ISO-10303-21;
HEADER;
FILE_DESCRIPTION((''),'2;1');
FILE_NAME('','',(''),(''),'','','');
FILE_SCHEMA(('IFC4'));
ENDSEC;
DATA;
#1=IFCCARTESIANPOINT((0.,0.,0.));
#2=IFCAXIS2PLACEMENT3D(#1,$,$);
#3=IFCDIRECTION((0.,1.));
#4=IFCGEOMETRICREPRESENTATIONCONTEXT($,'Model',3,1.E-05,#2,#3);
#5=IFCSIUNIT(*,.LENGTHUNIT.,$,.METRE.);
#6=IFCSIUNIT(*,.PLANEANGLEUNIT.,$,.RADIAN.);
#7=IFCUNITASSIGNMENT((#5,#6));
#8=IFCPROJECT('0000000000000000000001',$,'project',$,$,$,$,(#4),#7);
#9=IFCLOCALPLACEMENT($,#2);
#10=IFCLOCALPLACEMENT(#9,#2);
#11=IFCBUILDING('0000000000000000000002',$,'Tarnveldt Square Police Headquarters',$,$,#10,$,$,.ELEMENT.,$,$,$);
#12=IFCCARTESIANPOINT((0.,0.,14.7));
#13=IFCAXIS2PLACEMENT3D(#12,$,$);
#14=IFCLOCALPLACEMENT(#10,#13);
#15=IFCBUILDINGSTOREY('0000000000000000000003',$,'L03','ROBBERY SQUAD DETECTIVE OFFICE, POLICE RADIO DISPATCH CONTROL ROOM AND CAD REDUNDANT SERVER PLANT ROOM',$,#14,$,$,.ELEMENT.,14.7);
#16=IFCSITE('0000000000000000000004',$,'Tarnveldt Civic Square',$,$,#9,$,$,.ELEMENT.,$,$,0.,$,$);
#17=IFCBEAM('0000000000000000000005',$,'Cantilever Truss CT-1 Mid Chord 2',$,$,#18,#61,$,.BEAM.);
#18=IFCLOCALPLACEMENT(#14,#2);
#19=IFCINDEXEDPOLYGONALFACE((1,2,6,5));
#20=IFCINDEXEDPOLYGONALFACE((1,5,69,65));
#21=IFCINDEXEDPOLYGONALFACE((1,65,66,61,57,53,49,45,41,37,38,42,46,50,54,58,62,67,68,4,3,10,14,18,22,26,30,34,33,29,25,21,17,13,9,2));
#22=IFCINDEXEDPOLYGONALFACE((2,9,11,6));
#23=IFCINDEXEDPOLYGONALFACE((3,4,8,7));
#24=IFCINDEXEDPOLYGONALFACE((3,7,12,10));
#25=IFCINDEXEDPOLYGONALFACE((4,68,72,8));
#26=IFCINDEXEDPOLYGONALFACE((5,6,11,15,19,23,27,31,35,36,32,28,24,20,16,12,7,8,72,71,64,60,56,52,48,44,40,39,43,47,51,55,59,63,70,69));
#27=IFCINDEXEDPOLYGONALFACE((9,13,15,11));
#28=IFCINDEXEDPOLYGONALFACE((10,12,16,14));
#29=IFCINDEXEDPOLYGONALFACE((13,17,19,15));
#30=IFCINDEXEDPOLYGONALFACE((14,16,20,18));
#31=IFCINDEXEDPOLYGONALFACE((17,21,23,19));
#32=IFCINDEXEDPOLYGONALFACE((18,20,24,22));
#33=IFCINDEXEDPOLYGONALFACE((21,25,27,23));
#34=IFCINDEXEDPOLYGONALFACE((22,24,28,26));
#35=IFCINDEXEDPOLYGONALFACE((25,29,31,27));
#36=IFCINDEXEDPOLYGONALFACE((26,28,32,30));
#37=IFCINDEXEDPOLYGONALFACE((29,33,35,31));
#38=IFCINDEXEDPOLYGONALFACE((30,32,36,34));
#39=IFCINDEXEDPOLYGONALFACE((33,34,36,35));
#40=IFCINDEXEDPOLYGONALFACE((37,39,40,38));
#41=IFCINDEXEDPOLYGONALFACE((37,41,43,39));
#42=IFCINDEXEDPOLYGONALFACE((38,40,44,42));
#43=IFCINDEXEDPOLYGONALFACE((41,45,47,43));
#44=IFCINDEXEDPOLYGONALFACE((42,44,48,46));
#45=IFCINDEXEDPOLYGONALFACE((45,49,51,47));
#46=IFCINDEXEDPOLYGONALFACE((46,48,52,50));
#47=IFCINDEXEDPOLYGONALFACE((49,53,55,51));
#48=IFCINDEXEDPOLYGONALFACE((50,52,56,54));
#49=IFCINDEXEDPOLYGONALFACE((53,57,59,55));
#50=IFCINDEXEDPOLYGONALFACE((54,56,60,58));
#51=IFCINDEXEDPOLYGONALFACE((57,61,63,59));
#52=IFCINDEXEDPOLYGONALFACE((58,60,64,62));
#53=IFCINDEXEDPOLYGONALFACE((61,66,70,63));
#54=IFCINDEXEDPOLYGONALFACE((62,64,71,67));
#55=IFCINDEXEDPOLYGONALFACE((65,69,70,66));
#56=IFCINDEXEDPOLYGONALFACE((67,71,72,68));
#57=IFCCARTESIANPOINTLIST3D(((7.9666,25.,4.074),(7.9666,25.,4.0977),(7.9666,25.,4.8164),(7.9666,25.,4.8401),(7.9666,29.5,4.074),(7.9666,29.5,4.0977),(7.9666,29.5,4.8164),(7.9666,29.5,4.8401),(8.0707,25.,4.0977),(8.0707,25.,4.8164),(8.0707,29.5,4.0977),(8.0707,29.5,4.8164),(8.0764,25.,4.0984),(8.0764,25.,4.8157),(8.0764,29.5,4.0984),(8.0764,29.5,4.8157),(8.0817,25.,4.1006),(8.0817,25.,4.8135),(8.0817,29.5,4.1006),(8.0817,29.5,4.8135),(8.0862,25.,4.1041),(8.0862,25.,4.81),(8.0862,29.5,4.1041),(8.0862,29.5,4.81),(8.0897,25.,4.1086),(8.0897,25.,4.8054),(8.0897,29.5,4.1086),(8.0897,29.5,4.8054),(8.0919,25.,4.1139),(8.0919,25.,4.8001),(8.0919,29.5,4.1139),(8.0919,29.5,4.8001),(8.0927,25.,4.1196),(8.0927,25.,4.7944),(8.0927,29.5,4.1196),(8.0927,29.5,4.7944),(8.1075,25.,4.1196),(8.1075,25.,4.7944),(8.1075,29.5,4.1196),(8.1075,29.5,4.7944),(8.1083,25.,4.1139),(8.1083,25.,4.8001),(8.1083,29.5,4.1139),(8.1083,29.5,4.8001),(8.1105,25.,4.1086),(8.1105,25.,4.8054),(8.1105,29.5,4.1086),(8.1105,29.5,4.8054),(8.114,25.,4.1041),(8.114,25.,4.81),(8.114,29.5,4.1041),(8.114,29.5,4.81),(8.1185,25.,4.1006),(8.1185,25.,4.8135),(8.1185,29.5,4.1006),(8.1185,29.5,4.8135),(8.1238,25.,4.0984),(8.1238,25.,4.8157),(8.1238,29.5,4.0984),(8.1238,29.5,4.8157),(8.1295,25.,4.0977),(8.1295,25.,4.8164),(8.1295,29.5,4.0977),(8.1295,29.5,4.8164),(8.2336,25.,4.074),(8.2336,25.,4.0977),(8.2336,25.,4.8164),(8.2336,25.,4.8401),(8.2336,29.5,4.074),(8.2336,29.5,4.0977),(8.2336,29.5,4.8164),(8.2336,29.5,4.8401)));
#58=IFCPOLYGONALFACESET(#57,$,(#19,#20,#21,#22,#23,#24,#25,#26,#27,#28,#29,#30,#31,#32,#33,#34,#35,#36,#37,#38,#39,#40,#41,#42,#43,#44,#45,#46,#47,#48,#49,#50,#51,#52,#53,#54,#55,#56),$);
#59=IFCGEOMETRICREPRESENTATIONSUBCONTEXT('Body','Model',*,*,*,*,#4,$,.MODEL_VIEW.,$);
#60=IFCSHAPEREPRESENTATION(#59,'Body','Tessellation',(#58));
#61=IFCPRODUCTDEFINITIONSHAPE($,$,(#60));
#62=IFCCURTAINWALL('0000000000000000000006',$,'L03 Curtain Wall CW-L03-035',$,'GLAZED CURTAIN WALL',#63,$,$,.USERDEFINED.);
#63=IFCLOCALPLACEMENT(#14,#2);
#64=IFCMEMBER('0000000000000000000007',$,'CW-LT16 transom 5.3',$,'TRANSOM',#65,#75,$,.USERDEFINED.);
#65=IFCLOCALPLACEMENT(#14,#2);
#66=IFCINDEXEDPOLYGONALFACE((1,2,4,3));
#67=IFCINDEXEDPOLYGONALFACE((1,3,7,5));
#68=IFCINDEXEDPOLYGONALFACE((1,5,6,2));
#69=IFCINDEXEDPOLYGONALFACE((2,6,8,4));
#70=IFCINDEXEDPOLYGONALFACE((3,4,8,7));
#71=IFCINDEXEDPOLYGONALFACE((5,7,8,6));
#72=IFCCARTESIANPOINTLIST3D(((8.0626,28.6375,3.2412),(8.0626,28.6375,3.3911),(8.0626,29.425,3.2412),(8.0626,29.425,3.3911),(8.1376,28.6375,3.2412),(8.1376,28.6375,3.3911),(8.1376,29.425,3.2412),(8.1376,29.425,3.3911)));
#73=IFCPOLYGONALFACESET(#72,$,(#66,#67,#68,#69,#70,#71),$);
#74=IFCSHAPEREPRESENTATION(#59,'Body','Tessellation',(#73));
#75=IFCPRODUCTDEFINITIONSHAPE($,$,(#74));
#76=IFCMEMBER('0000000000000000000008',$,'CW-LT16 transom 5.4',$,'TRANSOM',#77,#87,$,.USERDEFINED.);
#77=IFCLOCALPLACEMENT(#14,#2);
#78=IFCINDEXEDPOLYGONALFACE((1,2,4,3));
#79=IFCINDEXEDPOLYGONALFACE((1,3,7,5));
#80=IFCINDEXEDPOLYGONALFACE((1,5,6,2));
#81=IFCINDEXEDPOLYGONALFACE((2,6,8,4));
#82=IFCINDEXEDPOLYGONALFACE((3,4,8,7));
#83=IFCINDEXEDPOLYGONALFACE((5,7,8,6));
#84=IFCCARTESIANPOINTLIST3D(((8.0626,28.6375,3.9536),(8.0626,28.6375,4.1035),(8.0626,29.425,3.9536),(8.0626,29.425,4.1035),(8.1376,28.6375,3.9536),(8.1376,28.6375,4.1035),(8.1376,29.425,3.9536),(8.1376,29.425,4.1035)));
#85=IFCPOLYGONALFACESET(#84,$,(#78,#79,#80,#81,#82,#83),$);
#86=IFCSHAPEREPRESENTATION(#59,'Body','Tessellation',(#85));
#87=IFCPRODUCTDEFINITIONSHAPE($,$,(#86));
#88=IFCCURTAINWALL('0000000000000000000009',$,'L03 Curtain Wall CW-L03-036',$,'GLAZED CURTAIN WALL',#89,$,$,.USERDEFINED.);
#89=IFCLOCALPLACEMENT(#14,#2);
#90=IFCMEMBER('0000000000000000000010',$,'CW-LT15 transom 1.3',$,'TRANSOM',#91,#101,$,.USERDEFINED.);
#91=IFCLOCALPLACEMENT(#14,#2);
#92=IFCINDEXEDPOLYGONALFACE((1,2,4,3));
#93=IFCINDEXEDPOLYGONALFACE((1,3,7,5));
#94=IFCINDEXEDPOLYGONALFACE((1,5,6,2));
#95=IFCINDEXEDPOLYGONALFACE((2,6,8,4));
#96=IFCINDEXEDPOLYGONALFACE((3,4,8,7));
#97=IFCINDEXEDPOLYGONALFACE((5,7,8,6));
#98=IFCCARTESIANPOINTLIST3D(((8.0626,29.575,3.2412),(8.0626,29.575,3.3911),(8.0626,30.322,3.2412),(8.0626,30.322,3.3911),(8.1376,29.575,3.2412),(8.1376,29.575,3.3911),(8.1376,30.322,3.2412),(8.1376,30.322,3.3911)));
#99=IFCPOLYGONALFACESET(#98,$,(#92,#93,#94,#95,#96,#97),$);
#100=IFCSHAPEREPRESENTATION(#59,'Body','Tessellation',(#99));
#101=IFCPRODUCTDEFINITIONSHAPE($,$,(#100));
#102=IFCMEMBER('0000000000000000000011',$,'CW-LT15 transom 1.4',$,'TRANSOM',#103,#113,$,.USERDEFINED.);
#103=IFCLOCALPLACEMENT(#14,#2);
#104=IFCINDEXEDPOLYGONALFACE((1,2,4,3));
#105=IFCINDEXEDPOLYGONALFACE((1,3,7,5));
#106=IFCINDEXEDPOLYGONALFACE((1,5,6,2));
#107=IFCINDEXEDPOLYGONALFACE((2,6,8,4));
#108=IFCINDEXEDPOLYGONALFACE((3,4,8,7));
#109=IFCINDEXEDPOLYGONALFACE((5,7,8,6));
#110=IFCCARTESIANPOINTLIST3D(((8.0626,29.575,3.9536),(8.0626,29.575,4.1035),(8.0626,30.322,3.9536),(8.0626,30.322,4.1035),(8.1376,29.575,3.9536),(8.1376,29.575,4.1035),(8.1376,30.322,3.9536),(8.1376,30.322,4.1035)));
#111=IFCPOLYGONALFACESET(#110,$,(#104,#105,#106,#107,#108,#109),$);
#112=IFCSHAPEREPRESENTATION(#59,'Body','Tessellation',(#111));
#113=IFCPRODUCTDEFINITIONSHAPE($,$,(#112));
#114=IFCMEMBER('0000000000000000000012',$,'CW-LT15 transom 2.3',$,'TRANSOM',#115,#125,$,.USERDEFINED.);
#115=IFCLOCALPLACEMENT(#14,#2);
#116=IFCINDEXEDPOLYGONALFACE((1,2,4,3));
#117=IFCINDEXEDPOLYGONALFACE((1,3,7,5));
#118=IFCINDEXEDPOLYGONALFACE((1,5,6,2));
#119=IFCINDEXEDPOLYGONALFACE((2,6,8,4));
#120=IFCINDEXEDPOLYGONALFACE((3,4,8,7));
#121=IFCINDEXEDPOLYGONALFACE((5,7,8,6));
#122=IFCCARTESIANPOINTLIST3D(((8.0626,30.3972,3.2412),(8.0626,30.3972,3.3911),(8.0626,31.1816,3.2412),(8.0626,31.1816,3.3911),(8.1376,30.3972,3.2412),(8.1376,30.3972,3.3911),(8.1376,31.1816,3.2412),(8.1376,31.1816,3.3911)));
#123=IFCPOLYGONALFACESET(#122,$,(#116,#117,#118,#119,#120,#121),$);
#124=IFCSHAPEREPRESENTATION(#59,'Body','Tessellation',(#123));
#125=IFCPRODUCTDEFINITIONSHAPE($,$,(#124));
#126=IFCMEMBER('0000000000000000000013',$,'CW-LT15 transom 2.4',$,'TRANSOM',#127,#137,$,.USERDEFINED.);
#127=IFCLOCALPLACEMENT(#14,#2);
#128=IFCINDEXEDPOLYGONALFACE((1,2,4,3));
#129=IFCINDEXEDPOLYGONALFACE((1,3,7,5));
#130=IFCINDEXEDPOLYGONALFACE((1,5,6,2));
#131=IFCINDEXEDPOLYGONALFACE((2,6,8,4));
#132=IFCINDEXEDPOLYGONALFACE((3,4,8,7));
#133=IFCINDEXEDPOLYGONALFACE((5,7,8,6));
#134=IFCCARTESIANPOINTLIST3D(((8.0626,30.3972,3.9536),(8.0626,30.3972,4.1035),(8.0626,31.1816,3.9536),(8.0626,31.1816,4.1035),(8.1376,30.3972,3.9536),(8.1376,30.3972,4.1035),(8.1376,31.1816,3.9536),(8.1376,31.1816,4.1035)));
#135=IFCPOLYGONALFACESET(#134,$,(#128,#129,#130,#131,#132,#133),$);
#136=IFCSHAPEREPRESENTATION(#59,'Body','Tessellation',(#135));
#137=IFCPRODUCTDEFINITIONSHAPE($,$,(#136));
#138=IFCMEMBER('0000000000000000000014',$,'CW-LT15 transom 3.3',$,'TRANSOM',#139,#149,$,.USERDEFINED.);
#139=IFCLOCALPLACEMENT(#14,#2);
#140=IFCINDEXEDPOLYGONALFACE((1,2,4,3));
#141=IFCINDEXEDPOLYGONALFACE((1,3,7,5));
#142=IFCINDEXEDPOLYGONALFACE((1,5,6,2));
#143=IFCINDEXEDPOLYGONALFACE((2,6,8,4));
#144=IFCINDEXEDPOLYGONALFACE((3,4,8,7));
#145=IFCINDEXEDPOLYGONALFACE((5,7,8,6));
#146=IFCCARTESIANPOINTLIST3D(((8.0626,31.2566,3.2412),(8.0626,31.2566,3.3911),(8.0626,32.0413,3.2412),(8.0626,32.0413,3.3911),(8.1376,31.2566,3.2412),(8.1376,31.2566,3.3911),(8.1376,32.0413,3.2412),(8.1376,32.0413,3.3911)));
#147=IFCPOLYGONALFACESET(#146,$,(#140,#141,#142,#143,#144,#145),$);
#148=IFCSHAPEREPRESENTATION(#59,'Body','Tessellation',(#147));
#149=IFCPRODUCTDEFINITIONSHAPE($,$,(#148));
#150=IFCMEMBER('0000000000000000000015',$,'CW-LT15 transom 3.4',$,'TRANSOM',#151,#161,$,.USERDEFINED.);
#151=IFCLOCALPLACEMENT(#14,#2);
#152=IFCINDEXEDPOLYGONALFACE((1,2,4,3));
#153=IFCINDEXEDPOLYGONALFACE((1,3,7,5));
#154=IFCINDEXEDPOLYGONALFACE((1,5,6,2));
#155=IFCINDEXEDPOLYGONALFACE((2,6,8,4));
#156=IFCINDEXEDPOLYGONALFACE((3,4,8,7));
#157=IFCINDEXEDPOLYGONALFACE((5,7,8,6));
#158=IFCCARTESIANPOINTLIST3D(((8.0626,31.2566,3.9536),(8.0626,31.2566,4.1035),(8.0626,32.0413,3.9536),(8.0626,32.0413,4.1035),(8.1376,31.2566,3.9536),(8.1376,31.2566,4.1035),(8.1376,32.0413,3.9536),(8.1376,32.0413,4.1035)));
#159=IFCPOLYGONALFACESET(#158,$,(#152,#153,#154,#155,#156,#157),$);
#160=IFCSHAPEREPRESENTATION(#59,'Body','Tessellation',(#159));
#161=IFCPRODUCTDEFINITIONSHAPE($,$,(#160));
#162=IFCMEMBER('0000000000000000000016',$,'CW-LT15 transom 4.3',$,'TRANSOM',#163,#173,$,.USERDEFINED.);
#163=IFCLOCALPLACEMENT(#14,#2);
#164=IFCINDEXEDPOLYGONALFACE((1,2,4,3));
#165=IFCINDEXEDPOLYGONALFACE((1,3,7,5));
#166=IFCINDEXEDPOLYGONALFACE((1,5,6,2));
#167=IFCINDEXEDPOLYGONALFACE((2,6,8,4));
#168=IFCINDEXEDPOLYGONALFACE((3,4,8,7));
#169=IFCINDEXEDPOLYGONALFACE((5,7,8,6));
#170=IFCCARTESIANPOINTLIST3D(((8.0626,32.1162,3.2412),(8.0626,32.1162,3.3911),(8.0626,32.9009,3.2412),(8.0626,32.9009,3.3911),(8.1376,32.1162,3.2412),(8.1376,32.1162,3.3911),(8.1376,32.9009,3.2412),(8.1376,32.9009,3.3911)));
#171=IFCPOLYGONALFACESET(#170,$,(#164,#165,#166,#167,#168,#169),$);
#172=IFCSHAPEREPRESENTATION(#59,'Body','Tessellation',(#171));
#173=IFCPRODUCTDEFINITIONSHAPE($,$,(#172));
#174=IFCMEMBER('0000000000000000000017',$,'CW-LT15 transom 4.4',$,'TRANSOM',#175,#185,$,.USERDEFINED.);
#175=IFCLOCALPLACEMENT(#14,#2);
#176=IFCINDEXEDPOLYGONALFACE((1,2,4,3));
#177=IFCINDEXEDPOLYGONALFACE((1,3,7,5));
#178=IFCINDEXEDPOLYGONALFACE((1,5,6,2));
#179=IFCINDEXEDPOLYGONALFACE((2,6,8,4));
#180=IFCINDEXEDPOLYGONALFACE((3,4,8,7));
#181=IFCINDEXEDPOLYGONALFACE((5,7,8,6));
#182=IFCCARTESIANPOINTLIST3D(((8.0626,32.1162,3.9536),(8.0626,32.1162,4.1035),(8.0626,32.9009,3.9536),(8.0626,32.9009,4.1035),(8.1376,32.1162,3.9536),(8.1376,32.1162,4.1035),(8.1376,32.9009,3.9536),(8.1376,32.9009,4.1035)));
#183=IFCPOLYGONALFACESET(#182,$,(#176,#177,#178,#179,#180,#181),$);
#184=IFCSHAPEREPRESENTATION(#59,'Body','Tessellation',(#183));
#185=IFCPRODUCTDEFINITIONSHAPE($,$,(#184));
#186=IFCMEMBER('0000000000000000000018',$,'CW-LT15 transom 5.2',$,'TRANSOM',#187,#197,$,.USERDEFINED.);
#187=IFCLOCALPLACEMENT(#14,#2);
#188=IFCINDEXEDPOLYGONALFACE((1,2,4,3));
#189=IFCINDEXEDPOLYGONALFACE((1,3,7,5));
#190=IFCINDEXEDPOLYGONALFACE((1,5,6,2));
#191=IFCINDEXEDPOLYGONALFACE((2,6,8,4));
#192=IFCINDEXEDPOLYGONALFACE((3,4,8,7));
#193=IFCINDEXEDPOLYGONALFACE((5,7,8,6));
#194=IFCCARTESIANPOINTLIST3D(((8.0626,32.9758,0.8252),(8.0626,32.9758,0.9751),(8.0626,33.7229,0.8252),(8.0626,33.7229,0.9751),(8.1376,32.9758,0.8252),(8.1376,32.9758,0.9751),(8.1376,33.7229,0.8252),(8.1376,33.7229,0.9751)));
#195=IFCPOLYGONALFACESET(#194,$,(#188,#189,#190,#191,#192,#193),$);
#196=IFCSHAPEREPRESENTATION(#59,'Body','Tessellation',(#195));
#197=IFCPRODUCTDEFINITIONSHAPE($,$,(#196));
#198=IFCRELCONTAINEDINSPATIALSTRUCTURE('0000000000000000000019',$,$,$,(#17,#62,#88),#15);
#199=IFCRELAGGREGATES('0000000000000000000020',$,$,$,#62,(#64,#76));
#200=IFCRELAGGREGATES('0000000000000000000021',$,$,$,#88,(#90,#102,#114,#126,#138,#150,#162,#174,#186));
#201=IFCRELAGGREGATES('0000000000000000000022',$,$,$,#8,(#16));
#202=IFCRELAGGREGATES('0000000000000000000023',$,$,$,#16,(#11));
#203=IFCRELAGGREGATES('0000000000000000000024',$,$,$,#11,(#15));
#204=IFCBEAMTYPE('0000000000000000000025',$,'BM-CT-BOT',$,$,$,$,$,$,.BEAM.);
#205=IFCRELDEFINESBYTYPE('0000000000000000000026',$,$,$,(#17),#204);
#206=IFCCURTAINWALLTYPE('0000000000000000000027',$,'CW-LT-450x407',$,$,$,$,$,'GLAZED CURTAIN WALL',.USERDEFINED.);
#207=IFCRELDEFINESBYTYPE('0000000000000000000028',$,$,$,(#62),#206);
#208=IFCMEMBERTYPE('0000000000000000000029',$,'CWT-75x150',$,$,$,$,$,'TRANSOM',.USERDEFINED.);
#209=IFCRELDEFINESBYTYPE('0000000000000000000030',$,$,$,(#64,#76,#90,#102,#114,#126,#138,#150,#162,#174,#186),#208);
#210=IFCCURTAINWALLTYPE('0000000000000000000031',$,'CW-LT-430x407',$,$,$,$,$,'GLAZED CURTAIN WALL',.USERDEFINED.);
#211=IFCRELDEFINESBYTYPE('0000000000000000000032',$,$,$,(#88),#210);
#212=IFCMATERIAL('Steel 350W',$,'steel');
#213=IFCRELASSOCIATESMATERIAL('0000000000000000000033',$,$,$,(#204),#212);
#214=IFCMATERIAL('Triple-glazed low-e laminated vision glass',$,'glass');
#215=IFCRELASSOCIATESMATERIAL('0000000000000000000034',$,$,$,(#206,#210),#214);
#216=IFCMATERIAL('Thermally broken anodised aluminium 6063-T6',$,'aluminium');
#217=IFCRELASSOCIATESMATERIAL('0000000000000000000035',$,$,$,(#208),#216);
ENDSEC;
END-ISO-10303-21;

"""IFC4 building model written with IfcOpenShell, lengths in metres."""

from ifc_helpers import new_model, si_unit, direction, frame, origin, origin_2d, place, context, subcontext, project, spatial, rectangle, i_section, extrude, material, material_profile, profile_set, type_object, element, aggregate, save


model = new_model("IFC4")

# Units and contexts
model_context = context("Model", 3, precision=1e-05, world=origin(), true_north=direction((0.0, 1.0)))
body_context = subcontext(model_context, "Body", "Model", "MODEL_VIEW")
ifc_project = project(units=[si_unit("LENGTHUNIT", "METRE"), si_unit("PLANEANGLEUNIT", "RADIAN")], contexts=[model_context])

# Site, building, storey
site_placement = place(None, origin())
site = spatial("IfcSite", under=ifc_project, at=site_placement, Name="Tarnveldt Civic Square", CompositionType="ELEMENT", RefElevation=0.0)
building_placement = place(site_placement, origin())
building = spatial("IfcBuilding", under=site, at=building_placement, Name="Tarnveldt Square Police Headquarters", CompositionType="ELEMENT")
storey_placement = place(building_placement, frame((0.0, 0.0, 14.7)))
storey = spatial("IfcBuildingStorey", under=building, at=storey_placement, Name="L03", Description="ROBBERY SQUAD DETECTIVE OFFICE, POLICE RADIO DISPATCH CONTROL ROOM AND CAD REDUNDANT SERVER PLANT ROOM", CompositionType="ELEMENT", Elevation=14.7)

# Beam
ifc_material_1 = material(Name="Steel 350W", Category="steel")
ifc_material_profile_1 = material_profile(ifc_material_1, i_section(OverallWidth=0.2671, OverallDepth=0.7661, WebThickness=0.0149, FlangeThickness=0.0237, FilletRadius=0.022, at=origin_2d()), Name="W760x185")
ifc_profile_set_1 = profile_set([ifc_material_profile_1], Name="Steel 350W")
beam_type = type_object("IfcBeamType", Name="BM-CT-BOT", PredefinedType="BEAM", material=ifc_profile_set_1)
beam_placement = place(storey_placement, frame((8.1001, 29.5, 4.457), z_axis=(0.0, -1.0, 0.0), x_axis=(1.0, 0.0, 0.0)))
element("IfcBeam", 1, at=beam_placement, inside=storey, type_object=beam_type, Name="Cantilever Truss CT-1 Mid Chord 2", PredefinedType="BEAM", context=body_context, shape_type="SweptSolid", body=[
    extrude(i_section(OverallWidth=0.2671, OverallDepth=0.7661, WebThickness=0.0149, FlangeThickness=0.0237, FilletRadius=0.022, at=origin_2d()), origin(), (0.0, 0.0, 1.0), 4.5),
])

# Curtain walls, members
ifc_material_2 = material(Name="Triple-glazed low-e laminated vision glass", Category="glass")
curtain_wall_type_1 = type_object("IfcCurtainWallType", Name="CW-LT-450x407", ElementType="GLAZED CURTAIN WALL", PredefinedType="USERDEFINED", material=ifc_material_2)
curtain_wall_1_placement = place(storey_placement, origin())
curtain_wall_1 = element("IfcCurtainWall", 2, at=curtain_wall_1_placement, inside=storey, type_object=curtain_wall_type_1, Name="L03 Curtain Wall CW-L03-035", ObjectType="GLAZED CURTAIN WALL", PredefinedType="USERDEFINED")
ifc_material_3 = material(Name="Thermally broken anodised aluminium 6063-T6", Category="aluminium")
ifc_material_profile_2 = material_profile(ifc_material_3, rectangle(XDim=0.075, YDim=0.1499, at=origin_2d()), Name="CW-T75x150")
ifc_profile_set_2 = profile_set([ifc_material_profile_2], Name="Thermally broken anodised aluminium 6063-T6")
member_type_1 = type_object("IfcMemberType", Name="CWT-75x150", ElementType="TRANSOM", PredefinedType="USERDEFINED", material=ifc_profile_set_2)
member_1_placement = place(storey_placement, frame((8.1001, 28.6375, 3.3162), z_axis=(0.0, 1.0, 0.0), x_axis=(-1.0, 0.0, 0.0)))
member_1 = element("IfcMember", 3, at=member_1_placement, type_object=member_type_1, Name="CW-LT16 transom 5.3", ObjectType="TRANSOM", PredefinedType="USERDEFINED", context=body_context, shape_type="SweptSolid", body=[
    extrude(rectangle(XDim=0.075, YDim=0.1499, at=origin_2d()), origin(), (0.0, 0.0, 1.0), 0.7876),
])
member_2_placement = place(storey_placement, frame((8.1001, 28.6375, 4.0286), z_axis=(0.0, 1.0, 0.0), x_axis=(-1.0, 0.0, 0.0)))
member_2 = element("IfcMember", 4, at=member_2_placement, type_object=member_type_1, Name="CW-LT16 transom 5.4", ObjectType="TRANSOM", PredefinedType="USERDEFINED", context=body_context, shape_type="SweptSolid", body=[
    extrude(rectangle(XDim=0.075, YDim=0.1499, at=origin_2d()), origin(), (0.0, 0.0, 1.0), 0.7876),
])
curtain_wall_type_2 = type_object("IfcCurtainWallType", Name="CW-LT-430x407", ElementType="GLAZED CURTAIN WALL", PredefinedType="USERDEFINED", material=ifc_material_2)
curtain_wall_2_placement = place(storey_placement, origin())
curtain_wall_2 = element("IfcCurtainWall", 5, at=curtain_wall_2_placement, inside=storey, type_object=curtain_wall_type_2, Name="L03 Curtain Wall CW-L03-036", ObjectType="GLAZED CURTAIN WALL", PredefinedType="USERDEFINED")
member_3_placement = place(storey_placement, frame((8.1001, 29.575, 3.3162), z_axis=(0.0, 1.0, 0.0), x_axis=(-1.0, 0.0, 0.0)))
member_3 = element("IfcMember", 6, at=member_3_placement, type_object=member_type_1, Name="CW-LT15 transom 1.3", ObjectType="TRANSOM", PredefinedType="USERDEFINED", context=body_context, shape_type="SweptSolid", body=[
    extrude(rectangle(XDim=0.075, YDim=0.1499, at=origin_2d()), origin(), (0.0, 0.0, 1.0), 0.7471),
])
member_4_placement = place(storey_placement, frame((8.1001, 29.575, 4.0286), z_axis=(0.0, 1.0, 0.0), x_axis=(-1.0, 0.0, 0.0)))
member_4 = element("IfcMember", 7, at=member_4_placement, type_object=member_type_1, Name="CW-LT15 transom 1.4", ObjectType="TRANSOM", PredefinedType="USERDEFINED", context=body_context, shape_type="SweptSolid", body=[
    extrude(rectangle(XDim=0.075, YDim=0.1499, at=origin_2d()), origin(), (0.0, 0.0, 1.0), 0.7471),
])
member_5_placement = place(storey_placement, frame((8.1001, 30.3972, 3.3162), z_axis=(0.0, 1.0, 0.0), x_axis=(-1.0, 0.0, 0.0)))
member_5 = element("IfcMember", 8, at=member_5_placement, type_object=member_type_1, Name="CW-LT15 transom 2.3", ObjectType="TRANSOM", PredefinedType="USERDEFINED", context=body_context, shape_type="SweptSolid", body=[
    extrude(rectangle(XDim=0.075, YDim=0.1499, at=origin_2d()), origin(), (0.0, 0.0, 1.0), 0.7844),
])
member_6_placement = place(storey_placement, frame((8.1001, 30.3972, 4.0286), z_axis=(0.0, 1.0, 0.0), x_axis=(-1.0, 0.0, 0.0)))
member_6 = element("IfcMember", 9, at=member_6_placement, type_object=member_type_1, Name="CW-LT15 transom 2.4", ObjectType="TRANSOM", PredefinedType="USERDEFINED", context=body_context, shape_type="SweptSolid", body=[
    extrude(rectangle(XDim=0.075, YDim=0.1499, at=origin_2d()), origin(), (0.0, 0.0, 1.0), 0.7844),
])
member_7_placement = place(storey_placement, frame((8.1001, 31.2566, 3.3162), z_axis=(0.0, 1.0, 0.0), x_axis=(-1.0, 0.0, 0.0)))
member_7 = element("IfcMember", 10, at=member_7_placement, type_object=member_type_1, Name="CW-LT15 transom 3.3", ObjectType="TRANSOM", PredefinedType="USERDEFINED", context=body_context, shape_type="SweptSolid", body=[
    extrude(rectangle(XDim=0.075, YDim=0.1499, at=origin_2d()), origin(), (0.0, 0.0, 1.0), 0.7847),
])
member_8_placement = place(storey_placement, frame((8.1001, 31.2566, 4.0286), z_axis=(0.0, 1.0, 0.0), x_axis=(-1.0, 0.0, 0.0)))
member_8 = element("IfcMember", 11, at=member_8_placement, type_object=member_type_1, Name="CW-LT15 transom 3.4", ObjectType="TRANSOM", PredefinedType="USERDEFINED", context=body_context, shape_type="SweptSolid", body=[
    extrude(rectangle(XDim=0.075, YDim=0.1499, at=origin_2d()), origin(), (0.0, 0.0, 1.0), 0.7847),
])
member_9_placement = place(storey_placement, frame((8.1001, 32.1162, 3.3162), z_axis=(0.0, 1.0, 0.0), x_axis=(-1.0, 0.0, 0.0)))
member_9 = element("IfcMember", 12, at=member_9_placement, type_object=member_type_1, Name="CW-LT15 transom 4.3", ObjectType="TRANSOM", PredefinedType="USERDEFINED", context=body_context, shape_type="SweptSolid", body=[
    extrude(rectangle(XDim=0.075, YDim=0.1499, at=origin_2d()), origin(), (0.0, 0.0, 1.0), 0.7847),
])
member_10_placement = place(storey_placement, frame((8.1001, 32.1162, 4.0286), z_axis=(0.0, 1.0, 0.0), x_axis=(-1.0, 0.0, 0.0)))
member_10 = element("IfcMember", 13, at=member_10_placement, type_object=member_type_1, Name="CW-LT15 transom 4.4", ObjectType="TRANSOM", PredefinedType="USERDEFINED", context=body_context, shape_type="SweptSolid", body=[
    extrude(rectangle(XDim=0.075, YDim=0.1499, at=origin_2d()), origin(), (0.0, 0.0, 1.0), 0.7847),
])
member_11_placement = place(storey_placement, frame((8.1001, 32.9758, 0.9001), z_axis=(0.0, 1.0, 0.0), x_axis=(-1.0, 0.0, 0.0)))
member_11 = element("IfcMember", 14, at=member_11_placement, type_object=member_type_1, Name="CW-LT15 transom 5.2", ObjectType="TRANSOM", PredefinedType="USERDEFINED", context=body_context, shape_type="SweptSolid", body=[
    extrude(rectangle(XDim=0.075, YDim=0.1499, at=origin_2d()), origin(), (0.0, 0.0, 1.0), 0.7471),
])

aggregate(curtain_wall_1, [member_1, member_2])
aggregate(curtain_wall_2, [member_3, member_4, member_5, member_6, member_7, member_8, member_9, member_10, member_11])

save(model, "model.ifc")
